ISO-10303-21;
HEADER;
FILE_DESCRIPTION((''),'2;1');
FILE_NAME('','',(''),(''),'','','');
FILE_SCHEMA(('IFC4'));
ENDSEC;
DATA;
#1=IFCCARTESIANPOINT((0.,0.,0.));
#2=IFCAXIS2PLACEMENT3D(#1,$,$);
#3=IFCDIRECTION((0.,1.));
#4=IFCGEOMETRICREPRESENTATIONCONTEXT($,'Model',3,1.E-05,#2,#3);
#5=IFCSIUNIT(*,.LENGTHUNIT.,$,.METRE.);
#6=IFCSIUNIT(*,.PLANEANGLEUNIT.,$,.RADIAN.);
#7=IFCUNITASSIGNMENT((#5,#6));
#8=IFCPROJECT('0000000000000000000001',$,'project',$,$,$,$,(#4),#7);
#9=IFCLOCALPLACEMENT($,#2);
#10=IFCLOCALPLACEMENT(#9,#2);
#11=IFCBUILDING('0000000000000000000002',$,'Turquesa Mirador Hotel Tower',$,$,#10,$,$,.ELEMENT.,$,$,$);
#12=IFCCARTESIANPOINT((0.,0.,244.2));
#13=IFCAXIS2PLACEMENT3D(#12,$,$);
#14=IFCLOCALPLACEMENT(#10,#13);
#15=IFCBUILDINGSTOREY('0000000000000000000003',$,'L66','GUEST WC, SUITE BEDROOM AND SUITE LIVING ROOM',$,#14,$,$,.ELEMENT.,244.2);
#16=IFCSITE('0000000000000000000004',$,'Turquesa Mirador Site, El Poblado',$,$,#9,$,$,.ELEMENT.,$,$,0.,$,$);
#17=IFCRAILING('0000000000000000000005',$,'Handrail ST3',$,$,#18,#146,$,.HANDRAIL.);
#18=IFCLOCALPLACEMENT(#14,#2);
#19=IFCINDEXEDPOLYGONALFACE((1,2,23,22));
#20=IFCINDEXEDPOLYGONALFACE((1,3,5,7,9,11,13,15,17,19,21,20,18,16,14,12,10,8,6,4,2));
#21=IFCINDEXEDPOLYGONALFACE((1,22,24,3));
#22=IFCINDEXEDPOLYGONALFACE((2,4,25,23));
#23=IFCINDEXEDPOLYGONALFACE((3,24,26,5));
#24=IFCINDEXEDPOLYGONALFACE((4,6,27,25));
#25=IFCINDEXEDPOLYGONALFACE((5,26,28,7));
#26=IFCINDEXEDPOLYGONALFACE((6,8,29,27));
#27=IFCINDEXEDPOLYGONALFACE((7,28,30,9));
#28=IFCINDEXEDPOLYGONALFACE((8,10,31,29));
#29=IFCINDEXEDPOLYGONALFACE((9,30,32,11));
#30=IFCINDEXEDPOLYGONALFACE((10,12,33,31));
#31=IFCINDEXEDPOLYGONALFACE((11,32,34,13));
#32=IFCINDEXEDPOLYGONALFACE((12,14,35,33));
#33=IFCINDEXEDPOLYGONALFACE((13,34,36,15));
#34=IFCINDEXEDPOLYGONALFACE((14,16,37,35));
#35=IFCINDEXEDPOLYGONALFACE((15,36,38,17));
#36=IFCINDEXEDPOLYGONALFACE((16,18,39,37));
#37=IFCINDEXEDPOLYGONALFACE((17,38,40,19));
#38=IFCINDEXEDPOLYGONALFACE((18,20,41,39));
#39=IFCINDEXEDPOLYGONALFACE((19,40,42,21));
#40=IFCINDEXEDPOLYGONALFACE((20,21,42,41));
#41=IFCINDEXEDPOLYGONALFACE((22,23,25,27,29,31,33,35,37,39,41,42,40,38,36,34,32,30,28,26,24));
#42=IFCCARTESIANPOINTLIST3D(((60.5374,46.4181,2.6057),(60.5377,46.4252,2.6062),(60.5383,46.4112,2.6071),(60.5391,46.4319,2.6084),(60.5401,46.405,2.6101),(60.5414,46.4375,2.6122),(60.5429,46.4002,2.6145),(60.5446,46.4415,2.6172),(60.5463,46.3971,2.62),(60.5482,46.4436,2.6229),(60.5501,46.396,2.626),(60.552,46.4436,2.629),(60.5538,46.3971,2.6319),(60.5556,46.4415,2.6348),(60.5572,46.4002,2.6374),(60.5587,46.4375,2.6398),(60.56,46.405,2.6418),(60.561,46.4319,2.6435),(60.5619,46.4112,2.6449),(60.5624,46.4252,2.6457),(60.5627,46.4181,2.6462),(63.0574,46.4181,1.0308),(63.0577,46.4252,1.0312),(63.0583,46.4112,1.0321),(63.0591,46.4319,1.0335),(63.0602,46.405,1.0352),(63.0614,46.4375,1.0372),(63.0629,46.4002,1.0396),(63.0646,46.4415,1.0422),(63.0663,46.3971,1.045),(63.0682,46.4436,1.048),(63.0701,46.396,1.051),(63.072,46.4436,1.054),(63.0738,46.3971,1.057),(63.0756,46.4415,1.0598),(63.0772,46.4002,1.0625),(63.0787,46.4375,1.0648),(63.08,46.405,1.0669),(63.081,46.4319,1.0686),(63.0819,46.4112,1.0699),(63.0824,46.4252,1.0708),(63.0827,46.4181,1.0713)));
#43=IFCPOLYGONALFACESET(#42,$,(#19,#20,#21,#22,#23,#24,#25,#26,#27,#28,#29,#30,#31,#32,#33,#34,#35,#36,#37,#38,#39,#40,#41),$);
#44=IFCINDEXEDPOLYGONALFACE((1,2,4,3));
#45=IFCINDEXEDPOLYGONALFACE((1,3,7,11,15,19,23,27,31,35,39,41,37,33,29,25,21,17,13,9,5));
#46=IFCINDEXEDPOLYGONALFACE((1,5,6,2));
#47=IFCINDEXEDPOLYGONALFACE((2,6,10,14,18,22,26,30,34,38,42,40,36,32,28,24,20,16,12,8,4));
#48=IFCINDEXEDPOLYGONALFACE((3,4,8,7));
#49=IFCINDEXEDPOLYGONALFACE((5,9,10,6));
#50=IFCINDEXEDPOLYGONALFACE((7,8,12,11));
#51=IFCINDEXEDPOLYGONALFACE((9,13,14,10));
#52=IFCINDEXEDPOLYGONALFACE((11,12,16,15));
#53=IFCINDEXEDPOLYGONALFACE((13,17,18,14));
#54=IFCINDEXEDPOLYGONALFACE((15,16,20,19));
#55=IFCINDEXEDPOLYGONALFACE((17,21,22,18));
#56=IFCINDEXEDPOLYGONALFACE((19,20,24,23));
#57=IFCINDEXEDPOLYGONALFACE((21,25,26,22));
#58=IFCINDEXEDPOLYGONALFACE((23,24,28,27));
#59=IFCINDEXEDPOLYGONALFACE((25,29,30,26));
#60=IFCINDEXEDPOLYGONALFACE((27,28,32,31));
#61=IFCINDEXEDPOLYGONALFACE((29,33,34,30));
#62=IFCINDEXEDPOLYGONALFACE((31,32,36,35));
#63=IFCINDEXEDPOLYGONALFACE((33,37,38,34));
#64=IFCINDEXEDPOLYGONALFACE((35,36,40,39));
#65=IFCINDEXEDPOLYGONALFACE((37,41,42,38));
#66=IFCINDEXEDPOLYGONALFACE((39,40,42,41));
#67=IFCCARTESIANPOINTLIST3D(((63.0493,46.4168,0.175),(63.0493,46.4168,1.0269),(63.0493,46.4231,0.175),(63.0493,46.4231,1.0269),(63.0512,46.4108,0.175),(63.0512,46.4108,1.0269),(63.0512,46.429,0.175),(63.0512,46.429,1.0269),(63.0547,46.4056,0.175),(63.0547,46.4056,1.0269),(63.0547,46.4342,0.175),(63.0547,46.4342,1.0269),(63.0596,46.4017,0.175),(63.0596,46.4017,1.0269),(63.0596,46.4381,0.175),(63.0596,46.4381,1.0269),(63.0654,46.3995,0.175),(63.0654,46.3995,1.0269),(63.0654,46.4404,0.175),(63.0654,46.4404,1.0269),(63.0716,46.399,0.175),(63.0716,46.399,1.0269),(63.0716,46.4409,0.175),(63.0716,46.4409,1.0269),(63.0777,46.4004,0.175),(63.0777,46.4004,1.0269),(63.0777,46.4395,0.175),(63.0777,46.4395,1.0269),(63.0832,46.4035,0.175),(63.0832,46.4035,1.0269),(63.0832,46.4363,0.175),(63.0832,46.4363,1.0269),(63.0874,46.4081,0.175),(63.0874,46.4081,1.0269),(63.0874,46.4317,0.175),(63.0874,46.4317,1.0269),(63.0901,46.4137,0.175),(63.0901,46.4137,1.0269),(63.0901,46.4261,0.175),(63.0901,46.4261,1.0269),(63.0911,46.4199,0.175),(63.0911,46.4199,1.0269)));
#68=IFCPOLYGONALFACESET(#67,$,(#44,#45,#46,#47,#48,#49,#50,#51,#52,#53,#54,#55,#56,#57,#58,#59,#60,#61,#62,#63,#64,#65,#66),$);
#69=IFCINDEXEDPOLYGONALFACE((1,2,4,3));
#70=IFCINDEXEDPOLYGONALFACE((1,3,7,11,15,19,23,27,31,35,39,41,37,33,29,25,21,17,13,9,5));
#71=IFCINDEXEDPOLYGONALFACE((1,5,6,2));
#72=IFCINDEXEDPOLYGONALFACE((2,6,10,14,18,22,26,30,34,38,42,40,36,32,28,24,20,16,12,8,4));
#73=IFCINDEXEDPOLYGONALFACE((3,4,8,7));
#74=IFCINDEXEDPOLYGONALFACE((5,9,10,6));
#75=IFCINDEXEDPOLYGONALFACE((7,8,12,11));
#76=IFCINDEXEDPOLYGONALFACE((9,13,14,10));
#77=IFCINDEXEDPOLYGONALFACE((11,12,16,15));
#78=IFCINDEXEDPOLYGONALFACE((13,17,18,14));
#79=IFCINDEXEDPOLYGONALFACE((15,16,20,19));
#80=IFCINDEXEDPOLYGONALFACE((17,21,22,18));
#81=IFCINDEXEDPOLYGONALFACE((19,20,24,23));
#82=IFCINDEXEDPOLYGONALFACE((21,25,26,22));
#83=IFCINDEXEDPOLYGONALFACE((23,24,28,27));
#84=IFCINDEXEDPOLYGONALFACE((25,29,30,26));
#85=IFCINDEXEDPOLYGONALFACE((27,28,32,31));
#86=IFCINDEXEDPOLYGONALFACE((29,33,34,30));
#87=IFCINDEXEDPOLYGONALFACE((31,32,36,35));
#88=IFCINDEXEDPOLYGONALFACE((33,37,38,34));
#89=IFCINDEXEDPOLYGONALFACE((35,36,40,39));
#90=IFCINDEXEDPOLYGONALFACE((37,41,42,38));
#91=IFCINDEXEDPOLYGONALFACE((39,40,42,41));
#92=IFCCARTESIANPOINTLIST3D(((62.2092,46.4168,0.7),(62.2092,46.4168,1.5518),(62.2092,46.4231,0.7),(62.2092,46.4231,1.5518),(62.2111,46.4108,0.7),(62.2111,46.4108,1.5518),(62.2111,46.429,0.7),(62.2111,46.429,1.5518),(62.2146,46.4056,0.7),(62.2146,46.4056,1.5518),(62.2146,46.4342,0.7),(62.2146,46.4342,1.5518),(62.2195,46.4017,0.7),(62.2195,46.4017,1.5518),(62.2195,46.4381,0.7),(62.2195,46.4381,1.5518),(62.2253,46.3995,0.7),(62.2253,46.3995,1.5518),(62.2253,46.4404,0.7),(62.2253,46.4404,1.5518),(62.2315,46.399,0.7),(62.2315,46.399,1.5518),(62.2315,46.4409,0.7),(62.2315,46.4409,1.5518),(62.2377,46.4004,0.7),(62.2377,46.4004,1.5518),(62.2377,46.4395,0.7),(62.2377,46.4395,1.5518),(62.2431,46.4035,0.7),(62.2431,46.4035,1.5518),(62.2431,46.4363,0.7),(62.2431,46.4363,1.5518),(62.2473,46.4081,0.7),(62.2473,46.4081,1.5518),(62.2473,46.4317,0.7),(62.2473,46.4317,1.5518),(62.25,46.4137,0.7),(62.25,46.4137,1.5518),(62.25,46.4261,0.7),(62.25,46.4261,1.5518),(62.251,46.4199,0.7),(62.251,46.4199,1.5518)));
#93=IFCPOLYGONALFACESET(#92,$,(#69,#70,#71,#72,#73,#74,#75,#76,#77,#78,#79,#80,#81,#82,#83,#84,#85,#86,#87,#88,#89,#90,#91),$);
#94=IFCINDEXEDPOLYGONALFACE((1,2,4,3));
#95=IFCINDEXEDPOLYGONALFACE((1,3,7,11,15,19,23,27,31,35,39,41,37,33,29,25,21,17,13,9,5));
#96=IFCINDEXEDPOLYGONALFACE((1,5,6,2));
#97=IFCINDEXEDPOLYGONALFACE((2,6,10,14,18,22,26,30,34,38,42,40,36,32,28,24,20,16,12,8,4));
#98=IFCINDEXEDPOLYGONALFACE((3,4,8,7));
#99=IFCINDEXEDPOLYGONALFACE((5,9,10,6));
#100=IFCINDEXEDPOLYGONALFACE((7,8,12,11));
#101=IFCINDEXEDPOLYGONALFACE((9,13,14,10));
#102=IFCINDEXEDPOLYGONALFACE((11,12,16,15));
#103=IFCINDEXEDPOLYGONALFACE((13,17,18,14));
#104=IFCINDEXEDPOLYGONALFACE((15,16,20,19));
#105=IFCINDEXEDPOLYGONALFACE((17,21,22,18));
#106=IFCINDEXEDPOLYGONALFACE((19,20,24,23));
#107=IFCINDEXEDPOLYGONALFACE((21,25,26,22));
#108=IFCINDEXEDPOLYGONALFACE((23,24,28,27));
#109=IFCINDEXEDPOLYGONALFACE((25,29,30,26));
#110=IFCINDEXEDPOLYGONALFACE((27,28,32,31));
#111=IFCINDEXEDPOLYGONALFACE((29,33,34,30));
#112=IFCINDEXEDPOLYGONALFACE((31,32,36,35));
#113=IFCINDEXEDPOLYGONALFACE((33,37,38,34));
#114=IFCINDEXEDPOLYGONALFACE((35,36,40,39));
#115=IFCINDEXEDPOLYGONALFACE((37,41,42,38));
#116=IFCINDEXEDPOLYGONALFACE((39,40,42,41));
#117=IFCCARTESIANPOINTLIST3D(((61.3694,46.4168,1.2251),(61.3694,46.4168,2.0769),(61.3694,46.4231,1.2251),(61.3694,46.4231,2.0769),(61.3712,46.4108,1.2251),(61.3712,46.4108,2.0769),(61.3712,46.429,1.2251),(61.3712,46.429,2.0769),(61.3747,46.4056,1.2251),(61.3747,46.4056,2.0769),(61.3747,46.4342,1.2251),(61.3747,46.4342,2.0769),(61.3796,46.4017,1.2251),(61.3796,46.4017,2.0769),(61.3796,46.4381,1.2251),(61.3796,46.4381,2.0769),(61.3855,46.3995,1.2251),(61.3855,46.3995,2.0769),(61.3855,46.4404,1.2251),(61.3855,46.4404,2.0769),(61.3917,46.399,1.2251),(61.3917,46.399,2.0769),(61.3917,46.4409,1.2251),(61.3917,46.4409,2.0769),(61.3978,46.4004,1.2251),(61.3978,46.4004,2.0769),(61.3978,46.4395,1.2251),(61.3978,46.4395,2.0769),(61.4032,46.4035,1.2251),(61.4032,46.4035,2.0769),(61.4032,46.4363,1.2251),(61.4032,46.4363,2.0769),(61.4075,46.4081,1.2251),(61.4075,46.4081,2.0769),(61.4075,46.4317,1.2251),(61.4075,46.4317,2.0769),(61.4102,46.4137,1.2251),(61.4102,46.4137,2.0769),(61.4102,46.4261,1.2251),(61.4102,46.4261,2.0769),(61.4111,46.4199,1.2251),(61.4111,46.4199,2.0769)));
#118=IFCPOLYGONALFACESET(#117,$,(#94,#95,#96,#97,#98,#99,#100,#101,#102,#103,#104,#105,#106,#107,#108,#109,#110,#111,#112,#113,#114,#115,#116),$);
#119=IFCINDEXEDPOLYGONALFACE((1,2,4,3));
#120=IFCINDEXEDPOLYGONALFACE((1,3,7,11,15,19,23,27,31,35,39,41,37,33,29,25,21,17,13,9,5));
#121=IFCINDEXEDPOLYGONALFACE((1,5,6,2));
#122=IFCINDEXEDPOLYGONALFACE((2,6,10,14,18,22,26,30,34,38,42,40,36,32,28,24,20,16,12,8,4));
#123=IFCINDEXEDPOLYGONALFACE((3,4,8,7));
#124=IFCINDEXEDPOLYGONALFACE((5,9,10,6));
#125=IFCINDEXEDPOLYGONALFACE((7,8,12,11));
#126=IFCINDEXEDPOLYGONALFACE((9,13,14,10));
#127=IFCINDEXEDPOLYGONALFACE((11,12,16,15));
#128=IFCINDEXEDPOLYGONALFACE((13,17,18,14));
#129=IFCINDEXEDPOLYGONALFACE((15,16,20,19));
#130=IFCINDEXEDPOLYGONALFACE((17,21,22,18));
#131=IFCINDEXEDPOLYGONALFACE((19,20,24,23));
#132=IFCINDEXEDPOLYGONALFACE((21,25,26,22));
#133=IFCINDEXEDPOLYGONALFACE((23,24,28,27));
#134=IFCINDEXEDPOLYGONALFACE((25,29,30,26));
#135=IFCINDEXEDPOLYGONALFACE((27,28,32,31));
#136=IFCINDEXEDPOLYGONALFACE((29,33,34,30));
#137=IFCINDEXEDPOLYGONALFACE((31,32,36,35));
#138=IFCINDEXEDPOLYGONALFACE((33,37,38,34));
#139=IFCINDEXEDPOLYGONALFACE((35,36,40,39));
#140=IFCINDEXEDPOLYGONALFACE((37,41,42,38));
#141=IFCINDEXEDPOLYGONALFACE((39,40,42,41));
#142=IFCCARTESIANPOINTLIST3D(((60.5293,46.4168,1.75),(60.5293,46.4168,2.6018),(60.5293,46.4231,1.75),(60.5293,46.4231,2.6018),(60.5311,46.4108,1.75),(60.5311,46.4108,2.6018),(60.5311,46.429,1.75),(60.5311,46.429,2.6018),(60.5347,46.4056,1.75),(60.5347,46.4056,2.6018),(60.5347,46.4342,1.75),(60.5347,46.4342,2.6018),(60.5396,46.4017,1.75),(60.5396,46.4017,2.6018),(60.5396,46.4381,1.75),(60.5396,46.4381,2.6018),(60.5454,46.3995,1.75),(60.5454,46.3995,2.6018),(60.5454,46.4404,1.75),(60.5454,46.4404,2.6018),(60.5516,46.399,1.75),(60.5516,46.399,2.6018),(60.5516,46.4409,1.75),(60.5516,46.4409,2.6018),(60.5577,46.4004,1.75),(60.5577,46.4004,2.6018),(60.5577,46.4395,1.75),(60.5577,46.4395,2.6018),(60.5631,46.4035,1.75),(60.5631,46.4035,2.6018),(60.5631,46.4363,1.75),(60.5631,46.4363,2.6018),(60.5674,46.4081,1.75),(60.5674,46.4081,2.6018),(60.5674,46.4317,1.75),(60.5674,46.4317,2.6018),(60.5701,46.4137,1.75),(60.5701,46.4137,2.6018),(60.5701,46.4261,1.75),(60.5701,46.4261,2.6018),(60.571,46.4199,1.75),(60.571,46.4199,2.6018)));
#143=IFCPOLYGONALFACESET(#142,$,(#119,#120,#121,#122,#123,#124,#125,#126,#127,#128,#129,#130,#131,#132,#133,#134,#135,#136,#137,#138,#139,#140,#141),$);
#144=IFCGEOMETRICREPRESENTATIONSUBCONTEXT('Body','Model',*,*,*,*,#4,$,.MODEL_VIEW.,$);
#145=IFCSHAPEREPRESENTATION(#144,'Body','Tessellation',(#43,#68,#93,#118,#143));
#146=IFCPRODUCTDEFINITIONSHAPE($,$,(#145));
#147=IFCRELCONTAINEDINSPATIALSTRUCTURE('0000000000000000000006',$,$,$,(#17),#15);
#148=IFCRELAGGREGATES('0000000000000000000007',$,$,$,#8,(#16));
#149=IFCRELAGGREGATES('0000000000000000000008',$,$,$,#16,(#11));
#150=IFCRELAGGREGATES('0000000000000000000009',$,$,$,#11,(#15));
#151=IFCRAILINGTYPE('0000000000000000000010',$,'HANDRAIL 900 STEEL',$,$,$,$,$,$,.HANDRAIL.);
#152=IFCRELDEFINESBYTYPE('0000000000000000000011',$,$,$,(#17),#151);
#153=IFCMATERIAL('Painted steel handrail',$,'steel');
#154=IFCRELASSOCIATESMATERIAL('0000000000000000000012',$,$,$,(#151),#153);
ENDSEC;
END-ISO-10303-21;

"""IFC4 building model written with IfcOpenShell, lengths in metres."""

from ifc_helpers import new_model, si_unit, direction, frame, origin, origin_2d, place, context, subcontext, project, spatial, circle, extrude, material, type_object, element, save


model = new_model("IFC4")

# Units and contexts
model_context = context("Model", 3, precision=1e-05, world=origin(), true_north=direction((0.0, 1.0)))
body_context = subcontext(model_context, "Body", "Model", "MODEL_VIEW")
ifc_project = project(units=[si_unit("LENGTHUNIT", "METRE"), si_unit("PLANEANGLEUNIT", "RADIAN")], contexts=[model_context])

# Site, building, storey
site_placement = place(None, origin())
site = spatial("IfcSite", under=ifc_project, at=site_placement, Name="Turquesa Mirador Site, El Poblado", CompositionType="ELEMENT", RefElevation=0.0)
building_placement = place(site_placement, origin())
building = spatial("IfcBuilding", under=site, at=building_placement, Name="Turquesa Mirador Hotel Tower", CompositionType="ELEMENT")
storey_placement = place(building_placement, frame((0.0, 0.0, 244.2)))
storey = spatial("IfcBuildingStorey", under=building, at=storey_placement, Name="L66", Description="GUEST WC, SUITE BEDROOM AND SUITE LIVING ROOM", CompositionType="ELEMENT", Elevation=244.2)

# Railing
ifc_material_1 = material(Name="Painted steel handrail", Category="steel")
railing_type = type_object("IfcRailingType", Name="HANDRAIL 900 STEEL", PredefinedType="HANDRAIL", material=ifc_material_1)
railing_1_placement = place(storey_placement, frame((63.0701, 46.4199, 0.175)))
element("IfcRailing", 1, at=railing_1_placement, inside=storey, type_object=railing_type, Name="Handrail ST3", PredefinedType="HANDRAIL", context=body_context, shape_type="SweptSolid", body=[
    extrude(circle(Radius=0.0239, at=origin_2d()), frame((0.0, 0.0, 0.876), z_axis=(-0.848008, 0.0, 0.529984), x_axis=(0.0, -1.0, 0.0)), (0.0, 0.0, 1.0), 2.9717),
    extrude(circle(Radius=0.021, at=origin_2d()), origin(), (0.0, 0.0, 1.0), 0.8518),
    extrude(circle(Radius=0.021, at=origin_2d()), frame((-0.8401, 0.0, 0.5249)), (0.0, 0.0, 1.0), 0.8518),
    extrude(circle(Radius=0.021, at=origin_2d()), frame((-1.6799, 0.0, 1.05)), (0.0, 0.0, 1.0), 0.8518),
    extrude(circle(Radius=0.021, at=origin_2d()), frame((-2.52, 0.0, 1.575)), (0.0, 0.0, 1.0), 0.8518),
])

save(model, "model.ifc")
